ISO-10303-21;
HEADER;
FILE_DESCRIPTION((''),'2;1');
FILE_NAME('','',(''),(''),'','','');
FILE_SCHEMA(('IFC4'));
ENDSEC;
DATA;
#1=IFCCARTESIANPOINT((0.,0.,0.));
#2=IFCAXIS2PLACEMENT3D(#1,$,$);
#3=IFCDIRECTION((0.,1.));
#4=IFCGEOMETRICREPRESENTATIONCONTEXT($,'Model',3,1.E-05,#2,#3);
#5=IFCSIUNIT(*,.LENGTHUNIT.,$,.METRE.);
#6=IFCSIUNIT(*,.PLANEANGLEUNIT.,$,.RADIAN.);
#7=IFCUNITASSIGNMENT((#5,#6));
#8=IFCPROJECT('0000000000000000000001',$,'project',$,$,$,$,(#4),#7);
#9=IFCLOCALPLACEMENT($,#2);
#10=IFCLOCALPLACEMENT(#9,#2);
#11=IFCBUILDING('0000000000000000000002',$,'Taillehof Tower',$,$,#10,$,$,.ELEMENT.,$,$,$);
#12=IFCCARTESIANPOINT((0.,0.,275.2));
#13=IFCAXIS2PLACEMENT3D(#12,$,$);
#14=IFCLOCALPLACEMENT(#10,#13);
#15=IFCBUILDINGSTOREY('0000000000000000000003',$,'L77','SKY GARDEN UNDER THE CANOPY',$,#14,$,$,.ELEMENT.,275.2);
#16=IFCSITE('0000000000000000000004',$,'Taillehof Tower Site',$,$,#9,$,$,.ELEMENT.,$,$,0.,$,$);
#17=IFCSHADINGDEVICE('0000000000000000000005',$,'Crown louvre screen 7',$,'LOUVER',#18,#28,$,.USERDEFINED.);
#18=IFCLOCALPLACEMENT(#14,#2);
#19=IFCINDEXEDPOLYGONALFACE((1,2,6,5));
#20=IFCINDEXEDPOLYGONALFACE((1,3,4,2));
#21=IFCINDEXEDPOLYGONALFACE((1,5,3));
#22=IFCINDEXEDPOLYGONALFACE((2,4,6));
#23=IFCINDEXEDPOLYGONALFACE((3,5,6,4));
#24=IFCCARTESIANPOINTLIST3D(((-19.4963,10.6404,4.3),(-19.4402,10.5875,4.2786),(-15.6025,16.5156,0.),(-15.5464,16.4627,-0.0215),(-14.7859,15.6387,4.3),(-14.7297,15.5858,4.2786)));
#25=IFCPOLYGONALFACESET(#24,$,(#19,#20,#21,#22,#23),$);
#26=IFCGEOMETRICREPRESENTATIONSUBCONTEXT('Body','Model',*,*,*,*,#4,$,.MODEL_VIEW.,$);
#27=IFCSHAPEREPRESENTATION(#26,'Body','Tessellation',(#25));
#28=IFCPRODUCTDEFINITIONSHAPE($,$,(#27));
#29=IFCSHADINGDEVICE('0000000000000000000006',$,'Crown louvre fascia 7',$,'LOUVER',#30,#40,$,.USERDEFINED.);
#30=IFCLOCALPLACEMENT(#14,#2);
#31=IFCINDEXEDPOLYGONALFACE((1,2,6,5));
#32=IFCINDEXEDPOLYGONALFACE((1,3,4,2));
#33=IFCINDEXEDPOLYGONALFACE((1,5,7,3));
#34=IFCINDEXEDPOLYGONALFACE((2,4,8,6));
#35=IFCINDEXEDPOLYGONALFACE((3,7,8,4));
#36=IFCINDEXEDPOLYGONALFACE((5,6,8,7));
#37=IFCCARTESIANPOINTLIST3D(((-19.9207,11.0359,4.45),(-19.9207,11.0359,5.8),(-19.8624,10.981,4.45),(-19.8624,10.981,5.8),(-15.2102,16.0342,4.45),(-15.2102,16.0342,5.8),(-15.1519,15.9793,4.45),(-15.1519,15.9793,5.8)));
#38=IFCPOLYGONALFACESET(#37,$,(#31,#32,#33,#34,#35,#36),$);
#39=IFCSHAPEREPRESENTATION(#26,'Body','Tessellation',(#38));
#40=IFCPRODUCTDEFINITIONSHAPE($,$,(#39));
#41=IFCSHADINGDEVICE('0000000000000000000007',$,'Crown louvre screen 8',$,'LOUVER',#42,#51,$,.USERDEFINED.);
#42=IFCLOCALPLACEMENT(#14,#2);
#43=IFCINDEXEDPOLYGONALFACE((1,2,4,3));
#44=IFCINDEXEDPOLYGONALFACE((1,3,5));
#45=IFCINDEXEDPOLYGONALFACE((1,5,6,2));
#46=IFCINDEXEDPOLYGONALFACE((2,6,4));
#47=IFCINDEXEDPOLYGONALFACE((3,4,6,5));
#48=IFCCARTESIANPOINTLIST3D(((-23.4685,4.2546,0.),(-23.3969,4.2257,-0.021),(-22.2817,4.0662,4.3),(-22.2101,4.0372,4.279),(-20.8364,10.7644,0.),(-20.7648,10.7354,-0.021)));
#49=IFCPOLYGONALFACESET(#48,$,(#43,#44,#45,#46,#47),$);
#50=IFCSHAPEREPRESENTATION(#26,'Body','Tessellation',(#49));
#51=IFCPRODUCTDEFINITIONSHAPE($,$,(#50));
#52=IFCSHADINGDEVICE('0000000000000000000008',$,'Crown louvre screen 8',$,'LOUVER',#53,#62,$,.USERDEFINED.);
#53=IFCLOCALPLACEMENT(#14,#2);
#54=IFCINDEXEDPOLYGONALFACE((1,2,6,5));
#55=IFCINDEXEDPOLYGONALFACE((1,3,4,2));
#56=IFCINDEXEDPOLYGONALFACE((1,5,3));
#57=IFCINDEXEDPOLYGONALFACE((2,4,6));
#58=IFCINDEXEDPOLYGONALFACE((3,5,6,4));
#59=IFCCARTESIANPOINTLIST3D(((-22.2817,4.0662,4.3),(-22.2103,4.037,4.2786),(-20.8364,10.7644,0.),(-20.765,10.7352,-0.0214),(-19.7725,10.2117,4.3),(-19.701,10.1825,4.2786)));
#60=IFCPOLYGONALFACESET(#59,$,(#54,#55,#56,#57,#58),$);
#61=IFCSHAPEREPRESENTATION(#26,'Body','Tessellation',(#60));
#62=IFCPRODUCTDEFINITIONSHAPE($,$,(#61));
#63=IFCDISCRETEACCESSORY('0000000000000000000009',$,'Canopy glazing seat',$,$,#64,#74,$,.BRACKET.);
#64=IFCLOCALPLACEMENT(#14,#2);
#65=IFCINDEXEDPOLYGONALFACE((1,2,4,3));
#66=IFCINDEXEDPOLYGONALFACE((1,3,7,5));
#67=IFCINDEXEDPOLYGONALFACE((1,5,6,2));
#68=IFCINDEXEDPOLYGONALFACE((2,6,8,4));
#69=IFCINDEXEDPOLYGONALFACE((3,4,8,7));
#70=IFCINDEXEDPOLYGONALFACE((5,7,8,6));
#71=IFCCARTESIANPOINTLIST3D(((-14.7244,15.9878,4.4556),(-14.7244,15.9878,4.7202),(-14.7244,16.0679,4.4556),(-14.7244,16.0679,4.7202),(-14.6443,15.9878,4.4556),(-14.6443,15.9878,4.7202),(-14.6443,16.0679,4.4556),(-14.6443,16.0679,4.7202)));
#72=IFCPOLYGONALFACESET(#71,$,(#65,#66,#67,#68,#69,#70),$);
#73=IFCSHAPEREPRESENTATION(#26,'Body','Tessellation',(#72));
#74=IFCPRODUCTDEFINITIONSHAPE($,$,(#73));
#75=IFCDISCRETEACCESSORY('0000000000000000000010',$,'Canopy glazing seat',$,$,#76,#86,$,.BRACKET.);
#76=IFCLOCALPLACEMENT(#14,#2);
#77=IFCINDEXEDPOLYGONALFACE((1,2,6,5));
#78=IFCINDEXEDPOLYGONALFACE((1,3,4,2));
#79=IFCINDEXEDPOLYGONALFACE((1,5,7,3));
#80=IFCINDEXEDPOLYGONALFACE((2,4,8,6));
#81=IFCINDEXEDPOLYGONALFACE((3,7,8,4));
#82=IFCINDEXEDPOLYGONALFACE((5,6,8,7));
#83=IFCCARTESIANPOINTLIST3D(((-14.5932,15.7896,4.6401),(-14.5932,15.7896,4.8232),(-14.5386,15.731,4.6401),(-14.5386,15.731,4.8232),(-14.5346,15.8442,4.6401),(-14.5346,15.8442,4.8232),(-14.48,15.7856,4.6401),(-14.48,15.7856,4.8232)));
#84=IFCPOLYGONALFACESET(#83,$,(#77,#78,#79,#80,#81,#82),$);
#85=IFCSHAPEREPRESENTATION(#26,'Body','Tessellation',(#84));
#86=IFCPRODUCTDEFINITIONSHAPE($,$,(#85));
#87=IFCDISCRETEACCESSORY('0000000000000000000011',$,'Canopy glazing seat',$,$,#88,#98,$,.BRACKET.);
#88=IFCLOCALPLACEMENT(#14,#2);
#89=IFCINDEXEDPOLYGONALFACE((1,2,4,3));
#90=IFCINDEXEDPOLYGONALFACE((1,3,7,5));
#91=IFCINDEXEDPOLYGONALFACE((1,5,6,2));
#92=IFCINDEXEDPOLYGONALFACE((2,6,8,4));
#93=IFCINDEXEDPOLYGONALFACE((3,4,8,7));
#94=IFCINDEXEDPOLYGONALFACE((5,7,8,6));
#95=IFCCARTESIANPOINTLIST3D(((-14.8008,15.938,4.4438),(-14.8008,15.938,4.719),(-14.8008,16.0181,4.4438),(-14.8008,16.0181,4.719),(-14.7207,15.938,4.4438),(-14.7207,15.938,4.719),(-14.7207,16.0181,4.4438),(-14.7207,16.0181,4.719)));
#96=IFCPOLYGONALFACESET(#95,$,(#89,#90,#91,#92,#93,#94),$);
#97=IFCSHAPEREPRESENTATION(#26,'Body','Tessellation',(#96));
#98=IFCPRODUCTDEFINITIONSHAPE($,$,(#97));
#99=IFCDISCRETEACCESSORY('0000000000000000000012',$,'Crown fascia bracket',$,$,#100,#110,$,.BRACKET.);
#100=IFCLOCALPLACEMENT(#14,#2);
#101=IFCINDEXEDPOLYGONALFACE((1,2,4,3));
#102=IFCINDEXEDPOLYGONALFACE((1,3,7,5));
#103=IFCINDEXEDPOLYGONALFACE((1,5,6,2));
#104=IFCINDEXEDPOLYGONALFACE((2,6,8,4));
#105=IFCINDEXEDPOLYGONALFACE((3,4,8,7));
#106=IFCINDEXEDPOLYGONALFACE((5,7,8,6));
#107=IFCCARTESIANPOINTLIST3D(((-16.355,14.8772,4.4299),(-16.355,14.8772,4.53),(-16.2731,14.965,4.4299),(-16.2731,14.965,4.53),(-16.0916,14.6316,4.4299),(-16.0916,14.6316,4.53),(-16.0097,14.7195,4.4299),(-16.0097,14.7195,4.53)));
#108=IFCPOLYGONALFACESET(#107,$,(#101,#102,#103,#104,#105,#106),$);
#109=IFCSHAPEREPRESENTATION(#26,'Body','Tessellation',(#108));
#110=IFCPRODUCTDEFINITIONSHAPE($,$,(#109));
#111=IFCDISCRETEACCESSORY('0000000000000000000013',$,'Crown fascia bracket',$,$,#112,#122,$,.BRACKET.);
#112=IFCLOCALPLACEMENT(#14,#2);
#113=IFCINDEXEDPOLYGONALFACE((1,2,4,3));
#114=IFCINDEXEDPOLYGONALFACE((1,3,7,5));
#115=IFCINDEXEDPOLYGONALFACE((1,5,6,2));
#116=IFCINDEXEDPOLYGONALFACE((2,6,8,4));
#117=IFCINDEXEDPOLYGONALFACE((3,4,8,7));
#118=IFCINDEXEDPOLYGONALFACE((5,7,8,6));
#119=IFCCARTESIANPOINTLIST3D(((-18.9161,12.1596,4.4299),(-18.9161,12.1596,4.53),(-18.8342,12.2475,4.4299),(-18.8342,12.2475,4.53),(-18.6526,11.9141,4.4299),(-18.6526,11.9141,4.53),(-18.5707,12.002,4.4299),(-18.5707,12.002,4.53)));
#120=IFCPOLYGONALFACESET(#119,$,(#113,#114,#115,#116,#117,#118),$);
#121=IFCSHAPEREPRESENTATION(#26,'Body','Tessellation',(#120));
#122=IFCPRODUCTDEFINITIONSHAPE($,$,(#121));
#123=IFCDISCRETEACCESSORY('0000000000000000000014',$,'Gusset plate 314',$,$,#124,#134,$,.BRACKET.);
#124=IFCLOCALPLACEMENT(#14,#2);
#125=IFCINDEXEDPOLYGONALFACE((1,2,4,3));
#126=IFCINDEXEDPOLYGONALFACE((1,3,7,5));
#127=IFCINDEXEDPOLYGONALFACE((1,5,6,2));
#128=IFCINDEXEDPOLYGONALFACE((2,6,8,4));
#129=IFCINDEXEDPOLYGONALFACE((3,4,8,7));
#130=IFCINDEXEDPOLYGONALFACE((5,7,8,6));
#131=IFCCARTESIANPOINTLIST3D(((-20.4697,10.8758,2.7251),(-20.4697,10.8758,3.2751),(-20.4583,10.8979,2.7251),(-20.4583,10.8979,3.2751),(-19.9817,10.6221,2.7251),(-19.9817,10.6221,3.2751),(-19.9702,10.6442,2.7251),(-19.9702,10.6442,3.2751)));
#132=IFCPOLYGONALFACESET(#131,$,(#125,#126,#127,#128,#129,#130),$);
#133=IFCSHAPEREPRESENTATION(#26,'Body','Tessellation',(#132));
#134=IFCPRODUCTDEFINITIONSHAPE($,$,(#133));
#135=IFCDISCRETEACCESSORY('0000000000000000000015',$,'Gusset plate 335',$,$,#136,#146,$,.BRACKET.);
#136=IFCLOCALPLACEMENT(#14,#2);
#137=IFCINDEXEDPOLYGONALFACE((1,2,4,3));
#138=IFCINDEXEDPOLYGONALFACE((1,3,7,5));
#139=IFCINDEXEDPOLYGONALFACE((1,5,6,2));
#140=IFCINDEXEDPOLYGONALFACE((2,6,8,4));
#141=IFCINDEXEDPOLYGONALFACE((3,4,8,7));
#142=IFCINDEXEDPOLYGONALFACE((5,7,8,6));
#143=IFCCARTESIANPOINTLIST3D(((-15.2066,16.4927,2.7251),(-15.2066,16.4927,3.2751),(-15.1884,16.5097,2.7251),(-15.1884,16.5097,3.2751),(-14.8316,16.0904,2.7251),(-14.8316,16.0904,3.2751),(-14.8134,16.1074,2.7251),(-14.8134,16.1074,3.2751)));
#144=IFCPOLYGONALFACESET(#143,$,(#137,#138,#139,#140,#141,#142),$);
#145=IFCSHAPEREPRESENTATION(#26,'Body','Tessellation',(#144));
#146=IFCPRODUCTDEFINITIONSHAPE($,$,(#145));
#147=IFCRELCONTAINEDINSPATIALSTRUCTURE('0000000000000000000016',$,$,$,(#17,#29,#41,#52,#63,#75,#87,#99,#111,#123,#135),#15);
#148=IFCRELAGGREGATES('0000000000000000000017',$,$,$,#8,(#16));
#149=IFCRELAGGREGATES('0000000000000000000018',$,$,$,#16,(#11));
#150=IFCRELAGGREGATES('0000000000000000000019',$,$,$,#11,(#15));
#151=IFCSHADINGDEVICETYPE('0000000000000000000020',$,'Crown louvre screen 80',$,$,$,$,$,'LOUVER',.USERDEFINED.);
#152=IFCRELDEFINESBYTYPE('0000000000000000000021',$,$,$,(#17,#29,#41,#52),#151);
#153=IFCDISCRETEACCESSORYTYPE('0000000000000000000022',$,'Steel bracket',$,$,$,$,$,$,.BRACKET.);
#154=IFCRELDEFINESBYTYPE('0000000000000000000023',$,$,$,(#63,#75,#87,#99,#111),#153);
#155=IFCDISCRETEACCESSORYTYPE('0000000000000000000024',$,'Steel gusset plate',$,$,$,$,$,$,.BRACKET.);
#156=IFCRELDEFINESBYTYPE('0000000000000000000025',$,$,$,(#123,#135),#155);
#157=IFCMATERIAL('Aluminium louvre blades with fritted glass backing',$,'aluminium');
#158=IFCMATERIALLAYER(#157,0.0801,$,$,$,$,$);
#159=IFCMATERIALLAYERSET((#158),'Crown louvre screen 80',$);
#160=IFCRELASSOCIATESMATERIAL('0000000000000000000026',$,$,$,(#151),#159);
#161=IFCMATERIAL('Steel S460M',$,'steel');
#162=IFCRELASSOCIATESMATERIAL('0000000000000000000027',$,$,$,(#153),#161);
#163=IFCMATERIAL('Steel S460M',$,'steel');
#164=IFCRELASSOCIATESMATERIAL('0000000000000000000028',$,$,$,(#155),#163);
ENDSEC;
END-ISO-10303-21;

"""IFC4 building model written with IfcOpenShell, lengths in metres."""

from ifc_helpers import new_model, si_unit, direction, frame, origin, origin_2d, place, context, subcontext, project, spatial, polyline, rectangle, outline, extrude, material, layer, layer_set, type_object, element, save


model = new_model("IFC4")

# Units and contexts
model_context = context("Model", 3, precision=1e-05, world=origin(), true_north=direction((0.0, 1.0)))
body_context = subcontext(model_context, "Body", "Model", "MODEL_VIEW")
ifc_project = project(units=[si_unit("LENGTHUNIT", "METRE"), si_unit("PLANEANGLEUNIT", "RADIAN")], contexts=[model_context])

# Site, building, storey
site_placement = place(None, origin())
site = spatial("IfcSite", under=ifc_project, at=site_placement, Name="Taillehof Tower Site", CompositionType="ELEMENT", RefElevation=0.0)
building_placement = place(site_placement, origin())
building = spatial("IfcBuilding", under=site, at=building_placement, Name="Taillehof Tower", CompositionType="ELEMENT")
storey_placement = place(building_placement, frame((0.0, 0.0, 275.2)))
storey = spatial("IfcBuildingStorey", under=building, at=storey_placement, Name="L77", Description="SKY GARDEN UNDER THE CANOPY", CompositionType="ELEMENT", Elevation=275.2)

# Shading devices
ifc_material_1 = material(Name="Aluminium louvre blades with fritted glass backing", Category="aluminium")
ifc_layer_1 = layer(ifc_material_1, 0.0801)
ifc_layer_set_1 = layer_set([ifc_layer_1], Name="Crown louvre screen 80")
shading_device_type = type_object("IfcShadingDeviceType", Name="Crown louvre screen 80", ElementType="LOUVER", PredefinedType="USERDEFINED", material=ifc_layer_set_1)
shading_device_1_placement = place(storey_placement, frame((-15.6025, 16.5156, 0.0), z_axis=(-0.701146, 0.660768, 0.267917), x_axis=(-0.471601, -0.711586, 0.520805)))
element("IfcShadingDevice", 1, at=shading_device_1_placement, inside=storey, type_object=shading_device_type, Name="Crown louvre screen 7", ObjectType="LOUVER", PredefinedType="USERDEFINED", context=body_context, shape_type="SweptSolid", body=[
    extrude(outline(polyline([(0.0, 0.0), (8.2565, 0.0), (2.4784, 3.7127), (0.0, 0.0)])), origin(), (0.0, 0.0, -1.0), 0.0801),
])
shading_device_2_placement = place(storey_placement, frame((-15.2102, 16.0342, 4.45), z_axis=(-0.727751, 0.685841, 0.0), x_axis=(-0.685841, -0.727751, 0.0)))
element("IfcShadingDevice", 2, at=shading_device_2_placement, inside=storey, type_object=shading_device_type, Name="Crown louvre fascia 7", ObjectType="LOUVER", PredefinedType="USERDEFINED", context=body_context, shape_type="SweptSolid", body=[
    extrude(outline(polyline([(0.0, 0.0), (6.8681, 0.0), (6.8681, 1.3501), (0.0, 1.3501), (0.0, 0.0)])), origin(), (0.0, 0.0, -1.0), 0.0801),
])
shading_device_3_placement = place(storey_placement, frame((-20.8364, 10.7644, 0.0), z_axis=(-0.894518, 0.361678, 0.26273), x_axis=(-0.374847, -0.927087, 0.0)))
element("IfcShadingDevice", 3, at=shading_device_3_placement, inside=storey, type_object=shading_device_type, Name="Crown louvre screen 8", ObjectType="LOUVER", PredefinedType="USERDEFINED", context=body_context, shape_type="SweptSolid", body=[
    extrude(outline(polyline([(0.0, 0.0), (7.0217, 0.0), (6.7516, 4.4566), (0.0, 0.0)])), origin(), (0.0, 0.0, -1.0), 0.0801),
])
shading_device_4_placement = place(storey_placement, frame((-20.8364, 10.7644, 0.0), z_axis=(-0.892051, 0.364234, 0.26754), x_axis=(-0.178657, -0.82798, 0.531536)))
element("IfcShadingDevice", 4, at=shading_device_4_placement, inside=storey, type_object=shading_device_type, Name="Crown louvre screen 8", ObjectType="LOUVER", PredefinedType="USERDEFINED", context=body_context, shape_type="SweptSolid", body=[
    extrude(outline(polyline([(0.0, 0.0), (8.0899, 0.0), (2.5532, 3.6618), (0.0, 0.0)])), origin(), (0.0, 0.0, -1.0), 0.0801),
])

# Discrete accessories
ifc_material_2 = material(Name="Steel S460M", Category="steel")
discrete_accessory_type_1 = type_object("IfcDiscreteAccessoryType", Name="Steel bracket", PredefinedType="BRACKET", material=ifc_material_2)
discrete_accessory_1_placement = place(storey_placement, frame((-14.6843, 16.0278, 4.4556), z_axis=(0.0, 0.0, 1.0), x_axis=(1.0, 0.0, 0.0)))
element("IfcDiscreteAccessory", 5, at=discrete_accessory_1_placement, inside=storey, type_object=discrete_accessory_type_1, Name="Canopy glazing seat", PredefinedType="BRACKET", context=body_context, shape_type="SweptSolid", body=[
    extrude(rectangle(XDim=0.0801, YDim=0.0801, at=origin_2d()), origin(), (0.0, 0.0, 1.0), 0.2646),
])
discrete_accessory_2_placement = place(storey_placement, frame((-14.5366, 15.7876, 4.6401), z_axis=(0.0, 0.0, 1.0), x_axis=(0.681665, -0.731664, 0.0)))
element("IfcDiscreteAccessory", 6, at=discrete_accessory_2_placement, inside=storey, type_object=discrete_accessory_type_1, Name="Canopy glazing seat", PredefinedType="BRACKET", context=body_context, shape_type="SweptSolid", body=[
    extrude(rectangle(XDim=0.0801, YDim=0.0801, at=origin_2d()), origin(), (0.0, 0.0, 1.0), 0.1831),
])
discrete_accessory_3_placement = place(storey_placement, frame((-14.7607, 15.978, 4.4438), z_axis=(0.0, 0.0, 1.0), x_axis=(1.0, 0.0, 0.0)))
element("IfcDiscreteAccessory", 7, at=discrete_accessory_3_placement, inside=storey, type_object=discrete_accessory_type_1, Name="Canopy glazing seat", PredefinedType="BRACKET", context=body_context, shape_type="SweptSolid", body=[
    extrude(rectangle(XDim=0.0801, YDim=0.0801, at=origin_2d()), origin(), (0.0, 0.0, 1.0), 0.2751),
])
for number, where, z_axis, x_axis, name in (
    (8, (-16.1824, 14.7983, 4.4299), (0.0, 0.0, 1.0), (-0.731499, 0.681843, 0.0), "Crown fascia bracket"),
    (9, (-18.7434, 12.0808, 4.4299), (0.0, 0.0, 1.0), (-0.731499, 0.681843, 0.0), "Crown fascia bracket"),
):
    element("IfcDiscreteAccessory", number, at=place(storey_placement, frame(where, z_axis=z_axis, x_axis=x_axis)), inside=storey, type_object=discrete_accessory_type_1, Name=name, PredefinedType="BRACKET", context=body_context, shape_type="SweptSolid", body=[
        extrude(rectangle(XDim=0.3601, YDim=0.1201, at=origin_2d()), origin(), (0.0, 0.0, 1.0), 0.1001),
    ])
ifc_material_3 = material(Name="Steel S460M", Category="steel")
discrete_accessory_type_2 = type_object("IfcDiscreteAccessoryType", Name="Steel gusset plate", PredefinedType="BRACKET", material=ifc_material_3)
for number, where, z_axis, x_axis, name in (
    (10, (-20.22, 10.76, 2.7251), (0.0, 0.0, 1.0), (0.887313, -0.461168, 0.0), "Gusset plate 314"),
    (11, (-15.01, 16.3, 2.7251), (0.0, 0.0, 1.0), (0.681845, -0.731497, 0.0), "Gusset plate 335"),
):
    element("IfcDiscreteAccessory", number, at=place(storey_placement, frame(where, z_axis=z_axis, x_axis=x_axis)), inside=storey, type_object=discrete_accessory_type_2, Name=name, PredefinedType="BRACKET", context=body_context, shape_type="SweptSolid", body=[
        extrude(rectangle(XDim=0.55, YDim=0.0249, at=origin_2d()), origin(), (0.0, 0.0, 1.0), 0.55),
    ])

save(model, "model.ifc")
